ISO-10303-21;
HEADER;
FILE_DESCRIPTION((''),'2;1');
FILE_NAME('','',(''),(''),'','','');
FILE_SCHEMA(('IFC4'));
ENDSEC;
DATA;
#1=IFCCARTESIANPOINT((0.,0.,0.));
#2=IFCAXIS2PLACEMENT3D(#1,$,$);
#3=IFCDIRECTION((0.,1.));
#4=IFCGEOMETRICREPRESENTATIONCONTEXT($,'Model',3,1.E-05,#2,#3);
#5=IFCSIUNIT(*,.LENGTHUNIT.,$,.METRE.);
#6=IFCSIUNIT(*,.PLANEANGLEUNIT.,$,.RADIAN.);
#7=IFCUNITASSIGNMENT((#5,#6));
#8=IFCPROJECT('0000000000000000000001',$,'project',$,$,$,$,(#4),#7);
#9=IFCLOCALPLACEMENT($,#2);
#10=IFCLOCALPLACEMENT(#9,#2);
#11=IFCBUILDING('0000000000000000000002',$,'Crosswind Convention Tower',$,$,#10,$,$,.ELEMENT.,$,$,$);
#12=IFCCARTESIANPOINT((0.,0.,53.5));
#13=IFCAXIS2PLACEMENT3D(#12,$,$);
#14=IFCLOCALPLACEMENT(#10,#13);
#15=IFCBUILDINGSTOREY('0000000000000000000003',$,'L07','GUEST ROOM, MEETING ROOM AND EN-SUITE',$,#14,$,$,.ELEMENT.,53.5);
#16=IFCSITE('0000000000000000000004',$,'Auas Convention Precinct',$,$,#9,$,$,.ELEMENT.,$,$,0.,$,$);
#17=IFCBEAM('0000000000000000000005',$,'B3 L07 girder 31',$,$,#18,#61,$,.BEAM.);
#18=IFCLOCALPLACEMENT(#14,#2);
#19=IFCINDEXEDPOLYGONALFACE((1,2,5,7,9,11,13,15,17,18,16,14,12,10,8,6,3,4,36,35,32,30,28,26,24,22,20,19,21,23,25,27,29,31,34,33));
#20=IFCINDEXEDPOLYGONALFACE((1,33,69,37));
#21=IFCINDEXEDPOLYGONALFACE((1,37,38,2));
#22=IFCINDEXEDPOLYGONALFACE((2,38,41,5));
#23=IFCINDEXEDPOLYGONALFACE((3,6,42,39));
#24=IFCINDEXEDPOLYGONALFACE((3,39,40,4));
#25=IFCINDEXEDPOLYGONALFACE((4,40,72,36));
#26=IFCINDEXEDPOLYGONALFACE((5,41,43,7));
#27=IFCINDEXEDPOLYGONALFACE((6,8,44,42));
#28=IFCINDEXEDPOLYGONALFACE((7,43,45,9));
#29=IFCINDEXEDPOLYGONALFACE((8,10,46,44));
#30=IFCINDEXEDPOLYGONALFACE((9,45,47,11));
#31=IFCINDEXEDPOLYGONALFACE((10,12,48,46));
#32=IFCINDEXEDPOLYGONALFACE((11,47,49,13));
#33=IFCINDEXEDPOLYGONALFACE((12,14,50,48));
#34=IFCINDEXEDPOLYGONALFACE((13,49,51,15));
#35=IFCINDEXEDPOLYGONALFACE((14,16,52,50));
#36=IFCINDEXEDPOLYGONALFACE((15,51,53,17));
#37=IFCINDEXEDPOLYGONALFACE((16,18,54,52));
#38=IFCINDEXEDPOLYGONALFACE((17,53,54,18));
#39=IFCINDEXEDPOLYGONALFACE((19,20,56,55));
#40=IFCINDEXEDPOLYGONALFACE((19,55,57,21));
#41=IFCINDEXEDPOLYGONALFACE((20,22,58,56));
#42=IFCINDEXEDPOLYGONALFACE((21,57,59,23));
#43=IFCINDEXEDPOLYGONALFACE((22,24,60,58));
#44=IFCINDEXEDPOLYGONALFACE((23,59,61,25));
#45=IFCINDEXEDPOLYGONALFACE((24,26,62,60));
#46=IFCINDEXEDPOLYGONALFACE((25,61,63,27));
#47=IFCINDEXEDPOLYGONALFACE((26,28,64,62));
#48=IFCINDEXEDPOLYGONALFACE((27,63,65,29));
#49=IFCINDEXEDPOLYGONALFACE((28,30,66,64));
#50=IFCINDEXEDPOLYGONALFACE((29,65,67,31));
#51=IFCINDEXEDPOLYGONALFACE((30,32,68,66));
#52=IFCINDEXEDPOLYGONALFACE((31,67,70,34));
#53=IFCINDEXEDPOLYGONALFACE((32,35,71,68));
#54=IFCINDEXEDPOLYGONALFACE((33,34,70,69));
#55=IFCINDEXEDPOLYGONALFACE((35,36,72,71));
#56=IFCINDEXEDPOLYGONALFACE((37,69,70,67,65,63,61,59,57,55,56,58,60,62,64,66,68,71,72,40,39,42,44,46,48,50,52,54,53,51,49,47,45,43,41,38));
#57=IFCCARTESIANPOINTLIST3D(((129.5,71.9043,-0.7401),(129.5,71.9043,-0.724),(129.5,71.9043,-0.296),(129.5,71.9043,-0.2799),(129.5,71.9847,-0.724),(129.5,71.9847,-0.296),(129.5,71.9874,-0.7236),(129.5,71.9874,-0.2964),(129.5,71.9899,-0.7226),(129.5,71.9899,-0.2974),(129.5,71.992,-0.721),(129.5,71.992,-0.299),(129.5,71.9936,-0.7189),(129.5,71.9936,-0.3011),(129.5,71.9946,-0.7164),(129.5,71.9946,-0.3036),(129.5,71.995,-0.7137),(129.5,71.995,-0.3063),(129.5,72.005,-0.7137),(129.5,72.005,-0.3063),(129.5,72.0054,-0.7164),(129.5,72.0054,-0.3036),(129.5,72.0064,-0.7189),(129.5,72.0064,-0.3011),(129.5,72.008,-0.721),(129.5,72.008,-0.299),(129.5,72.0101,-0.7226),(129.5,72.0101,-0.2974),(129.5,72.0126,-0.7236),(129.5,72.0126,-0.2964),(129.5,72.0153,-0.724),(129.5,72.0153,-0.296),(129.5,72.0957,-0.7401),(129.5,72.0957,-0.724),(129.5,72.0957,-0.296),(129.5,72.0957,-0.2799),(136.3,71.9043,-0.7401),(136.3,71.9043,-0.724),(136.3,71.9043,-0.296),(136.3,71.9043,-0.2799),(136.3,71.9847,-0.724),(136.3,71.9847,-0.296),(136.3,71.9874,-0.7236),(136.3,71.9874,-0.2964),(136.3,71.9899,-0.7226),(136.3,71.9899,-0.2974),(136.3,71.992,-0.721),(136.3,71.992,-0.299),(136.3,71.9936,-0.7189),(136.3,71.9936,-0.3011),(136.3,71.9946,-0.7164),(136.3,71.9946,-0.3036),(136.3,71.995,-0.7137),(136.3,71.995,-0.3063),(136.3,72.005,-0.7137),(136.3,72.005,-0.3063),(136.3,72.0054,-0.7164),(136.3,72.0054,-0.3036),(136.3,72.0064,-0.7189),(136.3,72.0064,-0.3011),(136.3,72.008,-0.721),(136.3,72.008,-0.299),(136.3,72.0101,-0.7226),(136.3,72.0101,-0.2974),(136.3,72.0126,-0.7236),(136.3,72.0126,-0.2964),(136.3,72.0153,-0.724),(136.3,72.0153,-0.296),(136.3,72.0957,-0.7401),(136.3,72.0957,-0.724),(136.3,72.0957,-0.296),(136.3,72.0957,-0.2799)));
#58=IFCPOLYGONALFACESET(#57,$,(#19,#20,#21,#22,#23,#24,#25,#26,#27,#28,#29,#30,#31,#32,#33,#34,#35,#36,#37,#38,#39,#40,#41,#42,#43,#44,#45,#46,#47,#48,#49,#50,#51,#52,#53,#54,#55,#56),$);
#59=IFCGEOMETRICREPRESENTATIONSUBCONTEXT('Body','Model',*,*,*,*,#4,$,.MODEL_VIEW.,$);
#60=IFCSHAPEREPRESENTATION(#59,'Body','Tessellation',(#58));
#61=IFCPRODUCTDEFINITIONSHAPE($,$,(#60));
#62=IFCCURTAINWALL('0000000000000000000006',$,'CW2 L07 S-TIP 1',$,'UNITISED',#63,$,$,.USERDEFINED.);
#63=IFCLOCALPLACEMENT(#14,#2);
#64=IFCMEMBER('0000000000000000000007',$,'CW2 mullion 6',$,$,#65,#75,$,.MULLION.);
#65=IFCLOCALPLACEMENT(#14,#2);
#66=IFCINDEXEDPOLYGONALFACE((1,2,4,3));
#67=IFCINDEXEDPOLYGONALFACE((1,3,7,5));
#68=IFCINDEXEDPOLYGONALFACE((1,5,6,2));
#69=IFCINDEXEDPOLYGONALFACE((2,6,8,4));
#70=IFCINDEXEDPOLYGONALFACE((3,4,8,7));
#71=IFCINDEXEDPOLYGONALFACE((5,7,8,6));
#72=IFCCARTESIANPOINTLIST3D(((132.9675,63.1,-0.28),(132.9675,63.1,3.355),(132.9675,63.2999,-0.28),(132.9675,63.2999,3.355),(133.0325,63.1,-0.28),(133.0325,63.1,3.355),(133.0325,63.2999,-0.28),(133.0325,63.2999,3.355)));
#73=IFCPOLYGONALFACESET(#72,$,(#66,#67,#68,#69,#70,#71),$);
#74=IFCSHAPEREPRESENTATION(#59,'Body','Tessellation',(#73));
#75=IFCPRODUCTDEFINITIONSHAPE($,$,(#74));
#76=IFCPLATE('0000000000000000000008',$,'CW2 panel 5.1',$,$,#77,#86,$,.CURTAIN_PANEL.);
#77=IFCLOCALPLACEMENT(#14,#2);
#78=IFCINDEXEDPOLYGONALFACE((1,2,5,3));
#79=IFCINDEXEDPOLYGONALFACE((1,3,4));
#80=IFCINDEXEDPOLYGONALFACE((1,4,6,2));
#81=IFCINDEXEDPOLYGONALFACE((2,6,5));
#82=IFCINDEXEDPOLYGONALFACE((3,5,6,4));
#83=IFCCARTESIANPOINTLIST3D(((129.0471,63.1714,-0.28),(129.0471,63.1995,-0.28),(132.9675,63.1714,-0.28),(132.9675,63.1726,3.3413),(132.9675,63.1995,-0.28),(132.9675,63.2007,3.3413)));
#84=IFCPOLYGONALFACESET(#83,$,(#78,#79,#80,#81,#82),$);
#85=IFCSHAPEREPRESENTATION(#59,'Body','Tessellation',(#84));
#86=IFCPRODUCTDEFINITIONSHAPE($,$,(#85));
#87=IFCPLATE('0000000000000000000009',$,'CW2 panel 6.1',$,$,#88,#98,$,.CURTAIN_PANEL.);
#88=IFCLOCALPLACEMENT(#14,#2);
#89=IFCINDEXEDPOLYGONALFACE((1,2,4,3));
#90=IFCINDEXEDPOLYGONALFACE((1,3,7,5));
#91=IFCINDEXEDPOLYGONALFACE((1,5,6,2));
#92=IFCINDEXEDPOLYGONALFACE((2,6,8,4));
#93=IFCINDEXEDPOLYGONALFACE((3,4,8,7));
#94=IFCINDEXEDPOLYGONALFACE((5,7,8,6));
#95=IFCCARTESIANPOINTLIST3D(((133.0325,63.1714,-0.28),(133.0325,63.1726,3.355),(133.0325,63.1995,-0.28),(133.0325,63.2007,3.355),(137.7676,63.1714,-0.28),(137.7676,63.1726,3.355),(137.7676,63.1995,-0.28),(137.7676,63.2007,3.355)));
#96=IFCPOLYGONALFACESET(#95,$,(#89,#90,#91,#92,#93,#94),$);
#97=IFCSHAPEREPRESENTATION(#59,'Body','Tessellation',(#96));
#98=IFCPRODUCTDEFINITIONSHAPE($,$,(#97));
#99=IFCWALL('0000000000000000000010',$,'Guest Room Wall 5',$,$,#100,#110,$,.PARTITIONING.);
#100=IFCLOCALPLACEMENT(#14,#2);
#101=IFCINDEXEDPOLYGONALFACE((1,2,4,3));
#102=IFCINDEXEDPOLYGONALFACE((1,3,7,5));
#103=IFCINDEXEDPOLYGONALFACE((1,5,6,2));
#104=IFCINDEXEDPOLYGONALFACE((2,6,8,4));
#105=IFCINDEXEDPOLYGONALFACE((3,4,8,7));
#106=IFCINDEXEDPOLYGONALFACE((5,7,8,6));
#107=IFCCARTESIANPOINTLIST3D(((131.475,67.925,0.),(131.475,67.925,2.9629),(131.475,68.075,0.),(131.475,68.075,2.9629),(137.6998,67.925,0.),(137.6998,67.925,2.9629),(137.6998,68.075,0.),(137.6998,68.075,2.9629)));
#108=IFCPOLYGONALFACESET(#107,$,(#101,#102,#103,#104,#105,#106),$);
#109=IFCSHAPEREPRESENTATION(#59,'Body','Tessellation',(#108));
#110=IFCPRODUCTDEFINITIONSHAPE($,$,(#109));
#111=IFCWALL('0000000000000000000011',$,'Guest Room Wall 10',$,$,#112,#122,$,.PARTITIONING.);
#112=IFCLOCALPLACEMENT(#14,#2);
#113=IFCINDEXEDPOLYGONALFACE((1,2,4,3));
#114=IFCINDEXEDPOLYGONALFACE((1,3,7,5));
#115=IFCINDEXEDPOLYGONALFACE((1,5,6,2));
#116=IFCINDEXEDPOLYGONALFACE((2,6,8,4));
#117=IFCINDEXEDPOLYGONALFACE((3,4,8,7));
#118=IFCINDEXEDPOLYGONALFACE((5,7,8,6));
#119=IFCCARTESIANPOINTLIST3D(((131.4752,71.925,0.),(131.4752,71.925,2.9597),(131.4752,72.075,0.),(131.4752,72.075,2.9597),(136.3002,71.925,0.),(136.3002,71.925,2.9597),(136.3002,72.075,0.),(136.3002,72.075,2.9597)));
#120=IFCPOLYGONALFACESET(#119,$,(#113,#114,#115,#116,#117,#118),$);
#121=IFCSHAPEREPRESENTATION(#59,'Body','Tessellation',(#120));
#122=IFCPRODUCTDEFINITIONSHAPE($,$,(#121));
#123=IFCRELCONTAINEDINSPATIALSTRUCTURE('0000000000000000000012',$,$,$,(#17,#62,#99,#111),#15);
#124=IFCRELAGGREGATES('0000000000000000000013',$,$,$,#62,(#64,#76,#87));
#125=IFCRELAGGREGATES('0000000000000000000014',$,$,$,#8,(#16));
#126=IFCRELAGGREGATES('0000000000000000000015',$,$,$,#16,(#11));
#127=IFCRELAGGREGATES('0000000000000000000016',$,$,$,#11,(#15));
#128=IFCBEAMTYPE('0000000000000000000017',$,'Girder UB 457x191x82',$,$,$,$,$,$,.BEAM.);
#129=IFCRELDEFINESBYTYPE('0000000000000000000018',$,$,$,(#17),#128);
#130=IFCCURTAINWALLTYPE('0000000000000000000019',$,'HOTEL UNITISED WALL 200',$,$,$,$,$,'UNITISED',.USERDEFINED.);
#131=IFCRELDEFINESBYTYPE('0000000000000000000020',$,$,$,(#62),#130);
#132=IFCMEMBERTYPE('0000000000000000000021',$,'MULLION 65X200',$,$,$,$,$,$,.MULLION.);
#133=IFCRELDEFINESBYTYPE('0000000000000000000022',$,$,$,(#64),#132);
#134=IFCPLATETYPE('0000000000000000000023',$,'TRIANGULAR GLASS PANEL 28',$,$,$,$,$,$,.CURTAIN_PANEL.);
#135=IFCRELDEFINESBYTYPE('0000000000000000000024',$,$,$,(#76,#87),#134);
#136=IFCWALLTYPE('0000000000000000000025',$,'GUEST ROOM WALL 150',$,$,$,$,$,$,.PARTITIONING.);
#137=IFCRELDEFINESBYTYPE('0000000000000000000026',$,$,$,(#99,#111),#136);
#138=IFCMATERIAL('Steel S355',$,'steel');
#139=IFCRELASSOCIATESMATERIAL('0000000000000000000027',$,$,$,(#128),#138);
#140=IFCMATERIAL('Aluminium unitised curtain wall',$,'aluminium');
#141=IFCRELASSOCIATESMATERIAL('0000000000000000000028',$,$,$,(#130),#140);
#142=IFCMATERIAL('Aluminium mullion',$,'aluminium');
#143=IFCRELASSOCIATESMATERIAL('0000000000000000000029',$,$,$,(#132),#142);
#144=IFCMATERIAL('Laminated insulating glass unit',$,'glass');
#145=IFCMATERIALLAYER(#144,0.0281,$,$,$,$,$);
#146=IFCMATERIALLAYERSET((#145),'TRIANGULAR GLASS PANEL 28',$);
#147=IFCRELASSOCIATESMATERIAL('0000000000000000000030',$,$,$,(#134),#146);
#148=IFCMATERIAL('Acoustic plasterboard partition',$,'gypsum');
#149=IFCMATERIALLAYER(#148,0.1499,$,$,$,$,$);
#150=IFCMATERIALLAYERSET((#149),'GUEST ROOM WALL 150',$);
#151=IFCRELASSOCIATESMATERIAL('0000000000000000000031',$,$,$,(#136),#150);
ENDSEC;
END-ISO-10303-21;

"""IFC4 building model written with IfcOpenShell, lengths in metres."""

from ifc_helpers import new_model, si_unit, direction, frame, frame_2d, origin, origin_2d, place, context, subcontext, project, spatial, polyline, rectangle, i_section, outline, extrude, material, layer, layer_set, material_profile, profile_set, type_object, element, aggregate, save


model = new_model("IFC4")

# Units and contexts
model_context = context("Model", 3, precision=1e-05, world=origin(), true_north=direction((0.0, 1.0)))
body_context = subcontext(model_context, "Body", "Model", "MODEL_VIEW")
ifc_project = project(units=[si_unit("LENGTHUNIT", "METRE"), si_unit("PLANEANGLEUNIT", "RADIAN")], contexts=[model_context])

# Site, building, storey
site_placement = place(None, origin())
site = spatial("IfcSite", under=ifc_project, at=site_placement, Name="Auas Convention Precinct", CompositionType="ELEMENT", RefElevation=0.0)
building_placement = place(site_placement, origin())
building = spatial("IfcBuilding", under=site, at=building_placement, Name="Crosswind Convention Tower", CompositionType="ELEMENT")
storey_placement = place(building_placement, frame((0.0, 0.0, 53.5)))
storey = spatial("IfcBuildingStorey", under=building, at=storey_placement, Name="L07", Description="GUEST ROOM, MEETING ROOM AND EN-SUITE", CompositionType="ELEMENT", Elevation=53.5)

# Beam
ifc_material_1 = material(Name="Steel S355", Category="steel")
ifc_material_profile_1 = material_profile(ifc_material_1, i_section(OverallWidth=0.1914, OverallDepth=0.4602, WebThickness=0.01, FlangeThickness=0.0161, FilletRadius=0.0103, at=origin_2d()), Name="UB 457x191x82")
ifc_profile_set_1 = profile_set([ifc_material_profile_1], Name="Steel S355")
beam_type_1 = type_object("IfcBeamType", Name="Girder UB 457x191x82", PredefinedType="BEAM", material=ifc_profile_set_1)
beam_1_placement = place(storey_placement, frame((129.5, 72.0, -0.51), z_axis=(1.0, 0.0, 0.0), x_axis=(0.0, 1.0, 0.0)))
element("IfcBeam", 1, at=beam_1_placement, inside=storey, type_object=beam_type_1, Name="B3 L07 girder 31", PredefinedType="BEAM", context=body_context, shape_type="SweptSolid", body=[
    extrude(i_section(OverallWidth=0.1914, OverallDepth=0.4602, WebThickness=0.01, FlangeThickness=0.0161, FilletRadius=0.0103, at=origin_2d()), origin(), (0.0, 0.0, 1.0), 6.8),
])

# Curtain wall, member, plates
ifc_material_2 = material(Name="Aluminium unitised curtain wall", Category="aluminium")
curtain_wall_type = type_object("IfcCurtainWallType", Name="HOTEL UNITISED WALL 200", ElementType="UNITISED", PredefinedType="USERDEFINED", material=ifc_material_2)
curtain_wall_placement = place(storey_placement, origin())
curtain_wall = element("IfcCurtainWall", 2, at=curtain_wall_placement, inside=storey, type_object=curtain_wall_type, Name="CW2 L07 S-TIP 1", ObjectType="UNITISED", PredefinedType="USERDEFINED")
ifc_material_3 = material(Name="Aluminium mullion", Category="aluminium")
ifc_material_profile_2 = material_profile(ifc_material_3, rectangle(XDim=0.2, YDim=0.0649, at=origin_2d()), Name="AL 200X65")
ifc_profile_set_2 = profile_set([ifc_material_profile_2], Name="Aluminium mullion")
member_type = type_object("IfcMemberType", Name="MULLION 65X200", PredefinedType="MULLION", material=ifc_profile_set_2)
member_placement = place(storey_placement, frame((133.0, 63.2, -0.28), z_axis=(0.0, 0.0, 1.0), x_axis=(0.0, -1.0, 0.0)))
member = element("IfcMember", 3, at=member_placement, type_object=member_type, Name="CW2 mullion 6", PredefinedType="MULLION", context=body_context, shape_type="SweptSolid", body=[
    extrude(rectangle(XDim=0.2, YDim=0.0649, at=origin_2d()), origin(), (0.0, 0.0, 1.0), 3.635),
])
ifc_material_4 = material(Name="Laminated insulating glass unit", Category="glass")
ifc_layer_1 = layer(ifc_material_4, 0.0281)
ifc_layer_set_1 = layer_set([ifc_layer_1], Name="TRIANGULAR GLASS PANEL 28")
plate_type = type_object("IfcPlateType", Name="TRIANGULAR GLASS PANEL 28", PredefinedType="CURTAIN_PANEL", material=ifc_layer_set_1)
plate_1_placement = place(storey_placement, frame((132.9675, 63.1714, -0.28), z_axis=(0.0, -1.0, 0.000337), x_axis=(0.0, 0.000337, 1.0)))
plate_1 = element("IfcPlate", 4, at=plate_1_placement, type_object=plate_type, Name="CW2 panel 5.1", PredefinedType="CURTAIN_PANEL", context=body_context, shape_type="SweptSolid", body=[
    extrude(outline(polyline([(0.0, 0.0), (3.6213, 0.0), (0.0, 3.9204), (0.0, 0.0)])), origin(), (0.0, 0.0, -1.0), 0.0281),
])
plate_2_placement = place(storey_placement, frame((133.0325, 63.1714, -0.28), z_axis=(0.0, -1.0, 0.000336), x_axis=(1.0, 0.0, 0.0)))
plate_2 = element("IfcPlate", 5, at=plate_2_placement, type_object=plate_type, Name="CW2 panel 6.1", PredefinedType="CURTAIN_PANEL", context=body_context, shape_type="SweptSolid", body=[
    extrude(outline(polyline([(0.0, 0.0), (4.7351, 0.0), (4.7351, 3.635), (0.0, 3.635), (0.0, 0.0)])), origin(), (0.0, 0.0, -1.0), 0.0281),
])
aggregate(curtain_wall, [member, plate_1, plate_2])

# Walls
ifc_material_5 = material(Name="Acoustic plasterboard partition", Category="gypsum")
ifc_layer_2 = layer(ifc_material_5, 0.1499)
ifc_layer_set_2 = layer_set([ifc_layer_2], Name="GUEST ROOM WALL 150")
wall_type_1 = type_object("IfcWallType", Name="GUEST ROOM WALL 150", PredefinedType="PARTITIONING", material=ifc_layer_set_2)
wall_1_placement = place(storey_placement, frame((131.4751, 68.0, 0.0), z_axis=(0.0, 0.0, 1.0), x_axis=(1.0, 0.0, 0.0)))
element("IfcWall", 6, at=wall_1_placement, inside=storey, type_object=wall_type_1, Name="Guest Room Wall 5", PredefinedType="PARTITIONING", context=body_context, shape_type="SweptSolid", body=[
    extrude(rectangle(XDim=6.2249, YDim=0.1499, at=frame_2d((3.1123, 0.0))), origin(), (0.0, 0.0, 1.0), 2.9629),
])
wall_2_placement = place(storey_placement, frame((131.4751, 72.0, 0.0), z_axis=(0.0, 0.0, 1.0), x_axis=(1.0, 0.0, 0.0)))
element("IfcWall", 7, at=wall_2_placement, inside=storey, type_object=wall_type_1, Name="Guest Room Wall 10", PredefinedType="PARTITIONING", context=body_context, shape_type="SweptSolid", body=[
    extrude(rectangle(XDim=4.825, YDim=0.1499, at=frame_2d((2.4126, 0.0))), origin(), (0.0, 0.0, 1.0), 2.9597),
])

save(model, "model.ifc")
